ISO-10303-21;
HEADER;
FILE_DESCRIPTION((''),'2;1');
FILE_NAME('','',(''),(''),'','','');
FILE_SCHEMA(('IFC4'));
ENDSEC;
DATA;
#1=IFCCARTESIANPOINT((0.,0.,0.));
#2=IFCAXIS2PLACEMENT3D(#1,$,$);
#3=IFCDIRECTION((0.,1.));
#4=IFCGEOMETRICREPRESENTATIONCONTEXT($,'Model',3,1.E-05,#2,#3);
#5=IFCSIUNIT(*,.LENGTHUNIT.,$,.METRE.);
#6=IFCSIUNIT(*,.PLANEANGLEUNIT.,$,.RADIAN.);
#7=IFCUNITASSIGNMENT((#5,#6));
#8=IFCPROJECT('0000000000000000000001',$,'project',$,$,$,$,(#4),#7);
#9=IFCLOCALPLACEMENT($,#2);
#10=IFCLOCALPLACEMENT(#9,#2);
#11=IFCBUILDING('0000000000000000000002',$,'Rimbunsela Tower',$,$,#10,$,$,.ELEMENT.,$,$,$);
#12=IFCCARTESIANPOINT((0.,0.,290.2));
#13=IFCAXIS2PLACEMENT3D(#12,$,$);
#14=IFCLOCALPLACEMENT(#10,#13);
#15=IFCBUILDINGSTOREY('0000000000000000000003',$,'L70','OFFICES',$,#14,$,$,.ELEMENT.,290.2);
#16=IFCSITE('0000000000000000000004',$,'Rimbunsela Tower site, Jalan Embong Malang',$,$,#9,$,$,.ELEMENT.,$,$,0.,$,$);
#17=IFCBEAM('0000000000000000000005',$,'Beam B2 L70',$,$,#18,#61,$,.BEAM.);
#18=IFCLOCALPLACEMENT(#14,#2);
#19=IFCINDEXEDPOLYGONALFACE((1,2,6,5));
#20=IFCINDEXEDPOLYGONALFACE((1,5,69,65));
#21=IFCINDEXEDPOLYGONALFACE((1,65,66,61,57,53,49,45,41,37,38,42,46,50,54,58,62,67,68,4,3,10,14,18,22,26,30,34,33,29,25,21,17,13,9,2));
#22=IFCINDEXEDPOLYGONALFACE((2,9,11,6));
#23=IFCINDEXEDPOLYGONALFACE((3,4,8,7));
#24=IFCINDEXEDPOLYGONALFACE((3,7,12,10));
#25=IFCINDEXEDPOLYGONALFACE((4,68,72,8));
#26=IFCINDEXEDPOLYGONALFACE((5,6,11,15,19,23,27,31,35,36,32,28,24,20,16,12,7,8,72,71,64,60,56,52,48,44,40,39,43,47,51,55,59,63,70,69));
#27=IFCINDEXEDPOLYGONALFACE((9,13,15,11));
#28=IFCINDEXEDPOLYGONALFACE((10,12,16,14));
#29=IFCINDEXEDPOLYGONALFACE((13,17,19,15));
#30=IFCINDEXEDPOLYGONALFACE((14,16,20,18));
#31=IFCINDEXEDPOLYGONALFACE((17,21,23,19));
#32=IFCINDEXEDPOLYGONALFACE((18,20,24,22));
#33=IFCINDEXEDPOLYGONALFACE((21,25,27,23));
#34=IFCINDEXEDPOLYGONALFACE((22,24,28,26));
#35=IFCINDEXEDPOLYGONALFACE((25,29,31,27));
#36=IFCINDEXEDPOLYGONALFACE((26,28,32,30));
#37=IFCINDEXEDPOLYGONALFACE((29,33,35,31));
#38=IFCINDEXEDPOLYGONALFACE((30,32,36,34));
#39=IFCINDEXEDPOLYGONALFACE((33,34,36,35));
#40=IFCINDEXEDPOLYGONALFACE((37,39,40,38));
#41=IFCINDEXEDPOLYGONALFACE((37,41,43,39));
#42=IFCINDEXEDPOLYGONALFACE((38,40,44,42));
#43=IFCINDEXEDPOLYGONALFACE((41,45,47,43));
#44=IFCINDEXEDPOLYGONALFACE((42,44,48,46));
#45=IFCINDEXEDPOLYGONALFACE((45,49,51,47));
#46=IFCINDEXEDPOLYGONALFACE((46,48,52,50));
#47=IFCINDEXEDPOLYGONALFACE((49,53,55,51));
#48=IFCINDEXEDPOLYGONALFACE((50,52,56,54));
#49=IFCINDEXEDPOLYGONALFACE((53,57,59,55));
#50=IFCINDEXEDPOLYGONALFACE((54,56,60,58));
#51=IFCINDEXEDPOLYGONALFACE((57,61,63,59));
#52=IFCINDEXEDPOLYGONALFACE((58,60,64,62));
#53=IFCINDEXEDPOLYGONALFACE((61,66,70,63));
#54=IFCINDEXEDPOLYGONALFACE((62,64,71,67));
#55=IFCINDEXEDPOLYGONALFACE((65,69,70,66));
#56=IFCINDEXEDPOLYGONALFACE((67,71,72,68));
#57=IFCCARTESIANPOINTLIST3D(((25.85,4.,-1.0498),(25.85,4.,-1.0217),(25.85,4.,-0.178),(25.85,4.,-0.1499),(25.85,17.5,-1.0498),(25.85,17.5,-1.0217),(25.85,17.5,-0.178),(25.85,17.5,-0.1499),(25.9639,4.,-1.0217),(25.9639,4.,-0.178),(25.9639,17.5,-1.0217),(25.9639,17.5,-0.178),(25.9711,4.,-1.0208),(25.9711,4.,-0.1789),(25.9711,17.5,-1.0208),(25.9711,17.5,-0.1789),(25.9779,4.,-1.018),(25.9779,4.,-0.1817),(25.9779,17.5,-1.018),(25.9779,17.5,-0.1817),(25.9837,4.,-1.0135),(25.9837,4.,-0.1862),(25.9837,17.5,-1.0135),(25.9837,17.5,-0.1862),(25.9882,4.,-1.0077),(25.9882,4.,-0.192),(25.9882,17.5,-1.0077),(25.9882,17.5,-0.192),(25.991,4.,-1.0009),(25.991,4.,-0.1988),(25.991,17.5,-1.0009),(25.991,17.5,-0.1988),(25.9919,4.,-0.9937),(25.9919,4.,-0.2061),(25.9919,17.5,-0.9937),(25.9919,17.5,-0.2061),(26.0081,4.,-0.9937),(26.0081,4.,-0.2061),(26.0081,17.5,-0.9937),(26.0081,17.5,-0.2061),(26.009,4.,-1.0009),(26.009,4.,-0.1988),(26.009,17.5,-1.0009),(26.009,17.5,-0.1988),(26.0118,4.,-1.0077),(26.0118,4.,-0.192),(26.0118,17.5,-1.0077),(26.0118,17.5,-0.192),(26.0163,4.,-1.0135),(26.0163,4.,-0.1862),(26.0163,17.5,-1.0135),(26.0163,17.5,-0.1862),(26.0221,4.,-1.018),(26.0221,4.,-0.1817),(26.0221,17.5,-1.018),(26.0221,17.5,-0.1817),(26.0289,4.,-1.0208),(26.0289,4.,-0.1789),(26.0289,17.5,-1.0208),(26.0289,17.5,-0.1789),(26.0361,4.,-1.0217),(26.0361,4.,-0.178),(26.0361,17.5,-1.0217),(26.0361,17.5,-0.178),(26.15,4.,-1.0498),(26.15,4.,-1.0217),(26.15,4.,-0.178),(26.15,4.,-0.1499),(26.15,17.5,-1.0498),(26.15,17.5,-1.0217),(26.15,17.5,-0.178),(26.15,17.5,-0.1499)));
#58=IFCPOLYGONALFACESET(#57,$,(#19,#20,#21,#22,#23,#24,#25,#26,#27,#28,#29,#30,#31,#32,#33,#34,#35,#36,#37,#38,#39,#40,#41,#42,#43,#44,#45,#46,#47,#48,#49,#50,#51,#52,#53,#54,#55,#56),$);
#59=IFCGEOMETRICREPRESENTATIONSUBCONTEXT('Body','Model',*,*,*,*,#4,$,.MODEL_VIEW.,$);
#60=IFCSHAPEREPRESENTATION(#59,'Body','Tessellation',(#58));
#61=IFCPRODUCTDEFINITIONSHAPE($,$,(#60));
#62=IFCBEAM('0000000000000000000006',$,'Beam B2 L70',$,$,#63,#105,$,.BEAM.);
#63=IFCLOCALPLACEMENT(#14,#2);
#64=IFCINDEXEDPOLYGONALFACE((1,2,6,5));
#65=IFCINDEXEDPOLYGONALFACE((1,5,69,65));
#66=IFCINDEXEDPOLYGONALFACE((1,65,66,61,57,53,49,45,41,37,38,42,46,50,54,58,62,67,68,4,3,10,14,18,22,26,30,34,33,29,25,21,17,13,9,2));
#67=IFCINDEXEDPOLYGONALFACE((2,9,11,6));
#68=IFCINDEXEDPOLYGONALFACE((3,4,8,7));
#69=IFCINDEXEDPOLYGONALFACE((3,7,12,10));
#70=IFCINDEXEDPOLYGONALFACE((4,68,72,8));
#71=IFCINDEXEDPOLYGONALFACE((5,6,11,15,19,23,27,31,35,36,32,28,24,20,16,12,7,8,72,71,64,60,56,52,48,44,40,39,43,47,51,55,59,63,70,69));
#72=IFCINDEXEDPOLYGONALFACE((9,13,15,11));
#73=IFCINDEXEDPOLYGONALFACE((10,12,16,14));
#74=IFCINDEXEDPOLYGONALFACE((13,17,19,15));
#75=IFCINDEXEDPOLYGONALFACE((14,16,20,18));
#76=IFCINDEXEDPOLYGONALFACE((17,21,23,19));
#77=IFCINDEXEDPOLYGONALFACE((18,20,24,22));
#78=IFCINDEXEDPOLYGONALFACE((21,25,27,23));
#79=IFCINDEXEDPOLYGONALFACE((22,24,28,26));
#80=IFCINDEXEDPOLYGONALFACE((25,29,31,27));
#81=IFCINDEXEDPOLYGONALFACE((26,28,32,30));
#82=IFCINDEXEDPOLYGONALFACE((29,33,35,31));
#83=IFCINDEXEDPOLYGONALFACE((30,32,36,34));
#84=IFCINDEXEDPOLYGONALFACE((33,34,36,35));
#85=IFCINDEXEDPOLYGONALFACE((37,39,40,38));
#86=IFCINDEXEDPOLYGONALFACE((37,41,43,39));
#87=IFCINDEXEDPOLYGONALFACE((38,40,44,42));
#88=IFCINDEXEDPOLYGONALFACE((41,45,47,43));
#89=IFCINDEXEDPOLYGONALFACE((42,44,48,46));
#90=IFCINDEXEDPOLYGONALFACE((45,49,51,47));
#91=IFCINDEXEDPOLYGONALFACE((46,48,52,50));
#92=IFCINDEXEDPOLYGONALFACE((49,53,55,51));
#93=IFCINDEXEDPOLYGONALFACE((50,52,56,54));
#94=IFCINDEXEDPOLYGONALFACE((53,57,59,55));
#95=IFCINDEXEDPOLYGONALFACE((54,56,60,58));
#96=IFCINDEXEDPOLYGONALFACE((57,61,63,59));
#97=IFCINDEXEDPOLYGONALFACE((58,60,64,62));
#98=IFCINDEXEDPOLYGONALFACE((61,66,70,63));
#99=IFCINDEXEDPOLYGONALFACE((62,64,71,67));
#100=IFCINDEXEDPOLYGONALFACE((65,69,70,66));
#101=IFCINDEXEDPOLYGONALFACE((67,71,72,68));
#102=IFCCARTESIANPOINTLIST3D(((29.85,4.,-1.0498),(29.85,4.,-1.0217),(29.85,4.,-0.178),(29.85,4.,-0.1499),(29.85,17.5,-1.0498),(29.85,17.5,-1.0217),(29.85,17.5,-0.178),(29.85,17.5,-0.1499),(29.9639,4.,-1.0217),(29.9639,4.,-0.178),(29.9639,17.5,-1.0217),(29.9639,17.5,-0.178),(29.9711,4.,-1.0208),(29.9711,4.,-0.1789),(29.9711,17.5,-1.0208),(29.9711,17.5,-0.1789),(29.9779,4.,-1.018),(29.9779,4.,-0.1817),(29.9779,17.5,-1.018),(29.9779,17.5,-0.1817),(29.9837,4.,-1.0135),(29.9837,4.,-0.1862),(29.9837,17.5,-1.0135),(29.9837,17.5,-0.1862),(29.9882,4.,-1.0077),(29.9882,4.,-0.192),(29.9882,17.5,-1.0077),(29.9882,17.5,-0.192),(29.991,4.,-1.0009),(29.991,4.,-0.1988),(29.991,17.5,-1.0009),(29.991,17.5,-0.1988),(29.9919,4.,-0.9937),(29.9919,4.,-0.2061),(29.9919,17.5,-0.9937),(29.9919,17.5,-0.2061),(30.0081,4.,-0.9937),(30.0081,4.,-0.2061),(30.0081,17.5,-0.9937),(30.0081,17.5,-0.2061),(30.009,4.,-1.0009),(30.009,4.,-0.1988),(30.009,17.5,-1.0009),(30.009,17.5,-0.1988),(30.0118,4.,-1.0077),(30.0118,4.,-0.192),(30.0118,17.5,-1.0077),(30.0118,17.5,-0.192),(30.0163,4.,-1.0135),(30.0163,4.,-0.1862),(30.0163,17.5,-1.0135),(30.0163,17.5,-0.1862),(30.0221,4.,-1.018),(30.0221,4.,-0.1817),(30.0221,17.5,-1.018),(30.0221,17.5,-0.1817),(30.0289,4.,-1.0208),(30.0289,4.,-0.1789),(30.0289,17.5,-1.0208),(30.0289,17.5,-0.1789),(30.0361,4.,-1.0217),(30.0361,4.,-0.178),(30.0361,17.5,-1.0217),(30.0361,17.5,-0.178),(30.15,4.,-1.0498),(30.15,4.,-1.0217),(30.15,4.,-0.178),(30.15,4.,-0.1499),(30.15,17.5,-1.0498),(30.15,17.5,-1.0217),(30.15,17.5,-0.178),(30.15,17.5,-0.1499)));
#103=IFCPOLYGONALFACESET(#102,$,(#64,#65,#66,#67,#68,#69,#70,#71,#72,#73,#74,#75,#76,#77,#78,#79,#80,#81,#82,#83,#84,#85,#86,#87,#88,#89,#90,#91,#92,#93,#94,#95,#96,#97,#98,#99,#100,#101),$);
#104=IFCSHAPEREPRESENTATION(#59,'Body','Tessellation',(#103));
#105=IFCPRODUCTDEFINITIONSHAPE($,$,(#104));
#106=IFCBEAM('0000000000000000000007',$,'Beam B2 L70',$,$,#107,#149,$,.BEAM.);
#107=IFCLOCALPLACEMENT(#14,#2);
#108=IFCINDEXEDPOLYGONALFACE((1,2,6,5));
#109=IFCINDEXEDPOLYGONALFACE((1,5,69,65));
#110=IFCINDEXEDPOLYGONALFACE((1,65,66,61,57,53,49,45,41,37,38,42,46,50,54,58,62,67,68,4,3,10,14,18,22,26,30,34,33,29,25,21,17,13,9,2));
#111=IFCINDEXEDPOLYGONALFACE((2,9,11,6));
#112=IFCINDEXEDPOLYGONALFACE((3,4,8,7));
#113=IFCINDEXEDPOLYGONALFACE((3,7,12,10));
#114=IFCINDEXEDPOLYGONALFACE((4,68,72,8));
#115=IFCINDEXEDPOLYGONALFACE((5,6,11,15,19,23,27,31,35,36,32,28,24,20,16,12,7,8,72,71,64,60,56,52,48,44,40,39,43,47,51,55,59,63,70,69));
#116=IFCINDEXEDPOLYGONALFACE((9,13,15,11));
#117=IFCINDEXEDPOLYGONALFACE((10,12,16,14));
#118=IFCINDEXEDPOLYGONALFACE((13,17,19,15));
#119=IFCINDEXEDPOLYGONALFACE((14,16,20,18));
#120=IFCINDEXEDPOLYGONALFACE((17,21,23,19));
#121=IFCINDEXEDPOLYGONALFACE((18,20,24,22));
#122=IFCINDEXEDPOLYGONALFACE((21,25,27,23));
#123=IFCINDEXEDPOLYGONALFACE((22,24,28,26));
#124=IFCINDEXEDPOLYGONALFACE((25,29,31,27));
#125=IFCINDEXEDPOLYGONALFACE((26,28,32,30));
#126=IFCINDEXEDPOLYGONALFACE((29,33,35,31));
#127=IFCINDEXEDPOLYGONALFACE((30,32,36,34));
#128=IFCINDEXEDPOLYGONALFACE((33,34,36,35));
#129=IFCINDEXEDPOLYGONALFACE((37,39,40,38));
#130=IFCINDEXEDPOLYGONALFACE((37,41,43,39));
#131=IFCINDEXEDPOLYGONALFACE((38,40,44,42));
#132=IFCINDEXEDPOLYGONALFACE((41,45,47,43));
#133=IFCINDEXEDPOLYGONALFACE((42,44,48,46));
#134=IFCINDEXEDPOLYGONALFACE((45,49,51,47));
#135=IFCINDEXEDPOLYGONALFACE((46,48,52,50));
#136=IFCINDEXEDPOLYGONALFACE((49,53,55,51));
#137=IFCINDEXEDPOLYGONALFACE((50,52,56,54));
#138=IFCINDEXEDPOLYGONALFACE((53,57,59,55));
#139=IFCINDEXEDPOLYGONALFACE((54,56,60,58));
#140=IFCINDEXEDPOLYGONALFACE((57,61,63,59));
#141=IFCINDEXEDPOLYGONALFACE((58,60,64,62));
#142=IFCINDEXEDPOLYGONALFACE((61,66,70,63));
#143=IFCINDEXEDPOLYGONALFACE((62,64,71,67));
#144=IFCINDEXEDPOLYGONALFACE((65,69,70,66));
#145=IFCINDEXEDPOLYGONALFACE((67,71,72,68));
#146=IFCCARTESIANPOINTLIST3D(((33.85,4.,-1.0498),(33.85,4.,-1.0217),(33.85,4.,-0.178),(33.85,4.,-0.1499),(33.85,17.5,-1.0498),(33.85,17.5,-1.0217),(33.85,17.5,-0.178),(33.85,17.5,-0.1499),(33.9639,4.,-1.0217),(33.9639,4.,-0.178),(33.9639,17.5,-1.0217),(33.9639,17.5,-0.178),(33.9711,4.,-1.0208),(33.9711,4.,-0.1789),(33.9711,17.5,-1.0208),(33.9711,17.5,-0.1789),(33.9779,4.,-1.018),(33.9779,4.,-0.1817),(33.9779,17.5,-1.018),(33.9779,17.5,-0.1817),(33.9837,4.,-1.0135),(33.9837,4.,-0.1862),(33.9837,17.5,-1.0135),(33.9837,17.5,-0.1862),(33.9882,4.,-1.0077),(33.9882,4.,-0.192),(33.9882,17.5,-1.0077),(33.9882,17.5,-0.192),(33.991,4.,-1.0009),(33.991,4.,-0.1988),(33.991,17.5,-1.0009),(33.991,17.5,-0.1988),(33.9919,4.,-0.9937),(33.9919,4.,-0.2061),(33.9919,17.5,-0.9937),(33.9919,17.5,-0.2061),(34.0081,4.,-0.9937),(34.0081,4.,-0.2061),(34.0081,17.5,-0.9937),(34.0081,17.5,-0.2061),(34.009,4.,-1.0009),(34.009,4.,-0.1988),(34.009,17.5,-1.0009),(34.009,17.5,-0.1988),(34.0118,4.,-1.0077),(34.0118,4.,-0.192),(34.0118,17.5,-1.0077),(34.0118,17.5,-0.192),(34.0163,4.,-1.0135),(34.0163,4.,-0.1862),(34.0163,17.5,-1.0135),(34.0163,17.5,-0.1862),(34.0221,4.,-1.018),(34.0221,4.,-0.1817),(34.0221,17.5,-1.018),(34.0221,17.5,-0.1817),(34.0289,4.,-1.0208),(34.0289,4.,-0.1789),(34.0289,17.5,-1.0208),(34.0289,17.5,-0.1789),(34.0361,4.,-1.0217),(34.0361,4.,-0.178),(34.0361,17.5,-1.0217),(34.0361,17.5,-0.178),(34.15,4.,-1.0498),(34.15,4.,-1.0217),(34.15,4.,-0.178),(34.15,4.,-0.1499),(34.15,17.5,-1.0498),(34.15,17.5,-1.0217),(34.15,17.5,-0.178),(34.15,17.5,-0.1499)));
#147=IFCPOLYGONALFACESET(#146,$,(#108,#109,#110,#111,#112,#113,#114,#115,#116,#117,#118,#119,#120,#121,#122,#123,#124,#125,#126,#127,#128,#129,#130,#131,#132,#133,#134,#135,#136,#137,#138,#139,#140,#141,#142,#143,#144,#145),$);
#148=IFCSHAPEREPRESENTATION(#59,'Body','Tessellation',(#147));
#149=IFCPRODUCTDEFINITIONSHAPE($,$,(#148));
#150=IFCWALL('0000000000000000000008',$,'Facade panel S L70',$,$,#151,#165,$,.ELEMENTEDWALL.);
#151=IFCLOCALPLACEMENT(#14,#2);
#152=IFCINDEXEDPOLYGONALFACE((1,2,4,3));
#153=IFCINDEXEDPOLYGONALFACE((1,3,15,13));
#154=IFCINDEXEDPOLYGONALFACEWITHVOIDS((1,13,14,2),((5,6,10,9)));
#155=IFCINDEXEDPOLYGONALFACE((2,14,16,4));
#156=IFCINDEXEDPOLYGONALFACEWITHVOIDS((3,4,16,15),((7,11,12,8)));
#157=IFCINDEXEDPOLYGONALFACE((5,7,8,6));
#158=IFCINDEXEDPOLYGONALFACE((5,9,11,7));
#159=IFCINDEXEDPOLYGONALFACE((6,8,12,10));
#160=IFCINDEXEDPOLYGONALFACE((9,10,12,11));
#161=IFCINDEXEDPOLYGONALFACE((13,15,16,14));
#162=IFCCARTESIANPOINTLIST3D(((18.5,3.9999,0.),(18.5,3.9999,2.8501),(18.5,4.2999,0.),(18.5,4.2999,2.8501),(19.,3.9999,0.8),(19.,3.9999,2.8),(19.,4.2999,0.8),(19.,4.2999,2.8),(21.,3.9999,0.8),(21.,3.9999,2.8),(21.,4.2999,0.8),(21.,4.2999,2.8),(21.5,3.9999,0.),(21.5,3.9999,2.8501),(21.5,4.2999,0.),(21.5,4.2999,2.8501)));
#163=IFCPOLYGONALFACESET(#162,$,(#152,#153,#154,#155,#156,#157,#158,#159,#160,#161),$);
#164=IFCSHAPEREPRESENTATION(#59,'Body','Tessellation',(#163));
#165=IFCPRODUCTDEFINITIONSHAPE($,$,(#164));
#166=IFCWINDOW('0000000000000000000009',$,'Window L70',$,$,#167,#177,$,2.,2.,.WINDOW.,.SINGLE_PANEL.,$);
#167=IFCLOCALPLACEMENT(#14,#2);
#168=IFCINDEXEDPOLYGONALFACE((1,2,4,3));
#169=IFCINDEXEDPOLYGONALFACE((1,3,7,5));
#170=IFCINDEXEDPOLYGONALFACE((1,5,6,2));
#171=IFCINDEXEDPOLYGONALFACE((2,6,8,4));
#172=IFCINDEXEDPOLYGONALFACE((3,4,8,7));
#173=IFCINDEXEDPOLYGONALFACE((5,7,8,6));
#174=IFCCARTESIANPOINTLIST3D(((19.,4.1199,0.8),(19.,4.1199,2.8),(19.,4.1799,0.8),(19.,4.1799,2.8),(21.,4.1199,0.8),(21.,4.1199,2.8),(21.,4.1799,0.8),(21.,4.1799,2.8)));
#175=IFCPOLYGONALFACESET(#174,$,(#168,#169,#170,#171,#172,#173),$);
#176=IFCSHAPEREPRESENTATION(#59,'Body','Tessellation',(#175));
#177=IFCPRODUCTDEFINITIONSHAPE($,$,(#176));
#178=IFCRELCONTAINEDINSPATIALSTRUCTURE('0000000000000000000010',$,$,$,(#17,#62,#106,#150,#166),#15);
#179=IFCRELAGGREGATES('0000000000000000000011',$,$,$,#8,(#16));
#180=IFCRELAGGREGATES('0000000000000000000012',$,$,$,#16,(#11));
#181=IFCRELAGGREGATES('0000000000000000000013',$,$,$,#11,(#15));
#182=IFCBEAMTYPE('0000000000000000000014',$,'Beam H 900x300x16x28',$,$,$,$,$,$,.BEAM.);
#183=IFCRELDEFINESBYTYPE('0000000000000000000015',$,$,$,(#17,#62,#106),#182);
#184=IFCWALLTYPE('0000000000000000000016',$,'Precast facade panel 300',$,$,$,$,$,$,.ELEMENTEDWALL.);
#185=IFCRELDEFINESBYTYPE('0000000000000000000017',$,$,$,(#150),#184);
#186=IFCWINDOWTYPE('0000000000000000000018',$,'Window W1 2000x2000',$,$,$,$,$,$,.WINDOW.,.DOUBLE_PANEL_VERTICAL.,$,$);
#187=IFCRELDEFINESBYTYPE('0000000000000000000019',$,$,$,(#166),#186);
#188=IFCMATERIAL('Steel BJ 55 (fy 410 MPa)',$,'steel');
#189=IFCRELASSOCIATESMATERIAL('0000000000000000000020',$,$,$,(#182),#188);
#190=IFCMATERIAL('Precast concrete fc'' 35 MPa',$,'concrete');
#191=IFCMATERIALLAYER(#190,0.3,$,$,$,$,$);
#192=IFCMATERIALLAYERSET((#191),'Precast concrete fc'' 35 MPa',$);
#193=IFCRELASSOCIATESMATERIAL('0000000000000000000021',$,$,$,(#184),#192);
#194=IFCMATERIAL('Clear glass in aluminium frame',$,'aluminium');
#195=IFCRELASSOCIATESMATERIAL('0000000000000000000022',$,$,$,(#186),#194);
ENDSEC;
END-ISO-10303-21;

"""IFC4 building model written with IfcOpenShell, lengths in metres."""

from ifc_helpers import new_model, si_unit, direction, frame, frame_2d, origin, origin_2d, place, context, subcontext, project, spatial, rectangle, i_section, extrude, material, layer, layer_set, material_profile, profile_set, type_object, element, fill, save


model = new_model("IFC4")

# Units and contexts
model_context = context("Model", 3, precision=1e-05, world=origin(), true_north=direction((0.0, 1.0)))
body_context = subcontext(model_context, "Body", "Model", "MODEL_VIEW")
ifc_project = project(units=[si_unit("LENGTHUNIT", "METRE"), si_unit("PLANEANGLEUNIT", "RADIAN")], contexts=[model_context])

# Site, building, storey
site_placement = place(None, origin())
site = spatial("IfcSite", under=ifc_project, at=site_placement, Name="Rimbunsela Tower site, Jalan Embong Malang", CompositionType="ELEMENT", RefElevation=0.0)
building_placement = place(site_placement, origin())
building = spatial("IfcBuilding", under=site, at=building_placement, Name="Rimbunsela Tower", CompositionType="ELEMENT")
storey_placement = place(building_placement, frame((0.0, 0.0, 290.2)))
storey = spatial("IfcBuildingStorey", under=building, at=storey_placement, Name="L70", Description="OFFICES", CompositionType="ELEMENT", Elevation=290.2)

# Beams
ifc_material_1 = material(Name="Steel BJ 55 (fy 410 MPa)", Category="steel")
ifc_material_profile_1 = material_profile(ifc_material_1, i_section(OverallWidth=0.3, OverallDepth=0.8999, WebThickness=0.0161, FlangeThickness=0.0281, FilletRadius=0.0281, at=origin_2d()), Name="H 900x300x16x28")
ifc_profile_set_1 = profile_set([ifc_material_profile_1], Name="Steel BJ 55 (fy 410 MPa)")
beam_type_1 = type_object("IfcBeamType", Name="Beam H 900x300x16x28", PredefinedType="BEAM", material=ifc_profile_set_1)
for number, where, z_axis, x_axis, name in (
    (1, (26.0, 4.0, -0.5999), (0.0, 1.0, 0.0), (-1.0, 0.0, 0.0), "Beam B2 L70"),
    (2, (30.0, 4.0, -0.5999), (0.0, 1.0, 0.0), (-1.0, 0.0, 0.0), "Beam B2 L70"),
    (3, (34.0, 4.0, -0.5999), (0.0, 1.0, 0.0), (-1.0, 0.0, 0.0), "Beam B2 L70"),
):
    element("IfcBeam", number, at=place(storey_placement, frame(where, z_axis=z_axis, x_axis=x_axis)), inside=storey, type_object=beam_type_1, Name=name, PredefinedType="BEAM", context=body_context, shape_type="SweptSolid", body=[
        extrude(i_section(OverallWidth=0.3, OverallDepth=0.8999, WebThickness=0.0161, FlangeThickness=0.0281, FilletRadius=0.0281, at=origin_2d()), origin(), (0.0, 0.0, 1.0), 13.5),
    ])

# Wall, opening, window
ifc_material_2 = material(Name="Precast concrete fc' 35 MPa", Category="concrete")
ifc_layer_1 = layer(ifc_material_2, 0.3)
ifc_layer_set_1 = layer_set([ifc_layer_1], Name="Precast concrete fc' 35 MPa")
wall_type = type_object("IfcWallType", Name="Precast facade panel 300", PredefinedType="ELEMENTEDWALL", material=ifc_layer_set_1)
wall_1_placement = place(storey_placement, frame((18.5, 4.1499, 0.0), z_axis=(0.0, 0.0, 1.0), x_axis=(1.0, 0.0, 0.0)))
wall_1 = element("IfcWall", 4, at=wall_1_placement, inside=storey, type_object=wall_type, Name="Facade panel S L70", PredefinedType="ELEMENTEDWALL", context=body_context, shape_type="SweptSolid", body=[
    extrude(rectangle(XDim=3.0, YDim=0.3, at=frame_2d((1.5, 0.0))), origin(), (0.0, 0.0, 1.0), 2.8501),
])
opening_1_placement = place(wall_1_placement, frame((0.5, 0.0, 0.8)))
opening_1 = element("IfcOpeningElement", 5, at=opening_1_placement, cuts=wall_1, PredefinedType="OPENING", context=body_context, shape_type="SweptSolid", body=[
    extrude(rectangle(XDim=2.0, YDim=2.0, at=frame_2d((1.0, 1.0))), frame((0.0, 0.1599, 0.0), z_axis=(0.0, -1.0, 0.0), x_axis=(1.0, 0.0, 0.0)), (0.0, 0.0, 1.0), 0.3201),
])
ifc_material_3 = material(Name="Clear glass in aluminium frame", Category="aluminium")
window_type_1 = type_object("IfcWindowType", Name="Window W1 2000x2000", PartitioningType="DOUBLE_PANEL_VERTICAL", PredefinedType="WINDOW", material=ifc_material_3)
window_1_placement = place(opening_1_placement, origin())
window_1 = element("IfcWindow", 6, at=window_1_placement, inside=storey, type_object=window_type_1, Name="Window L70", OverallHeight=2.0, OverallWidth=2.0, PartitioningType="SINGLE_PANEL", PredefinedType="WINDOW", context=body_context, shape_type="SweptSolid", body=[
    extrude(rectangle(XDim=2.0, YDim=2.0, at=frame_2d((1.0, 1.0))), frame((0.0, 0.03, 0.0), z_axis=(0.0, -1.0, 0.0), x_axis=(1.0, 0.0, 0.0)), (0.0, 0.0, 1.0), 0.0601),
])
fill(opening_1, window_1)

save(model, "model.ifc")
